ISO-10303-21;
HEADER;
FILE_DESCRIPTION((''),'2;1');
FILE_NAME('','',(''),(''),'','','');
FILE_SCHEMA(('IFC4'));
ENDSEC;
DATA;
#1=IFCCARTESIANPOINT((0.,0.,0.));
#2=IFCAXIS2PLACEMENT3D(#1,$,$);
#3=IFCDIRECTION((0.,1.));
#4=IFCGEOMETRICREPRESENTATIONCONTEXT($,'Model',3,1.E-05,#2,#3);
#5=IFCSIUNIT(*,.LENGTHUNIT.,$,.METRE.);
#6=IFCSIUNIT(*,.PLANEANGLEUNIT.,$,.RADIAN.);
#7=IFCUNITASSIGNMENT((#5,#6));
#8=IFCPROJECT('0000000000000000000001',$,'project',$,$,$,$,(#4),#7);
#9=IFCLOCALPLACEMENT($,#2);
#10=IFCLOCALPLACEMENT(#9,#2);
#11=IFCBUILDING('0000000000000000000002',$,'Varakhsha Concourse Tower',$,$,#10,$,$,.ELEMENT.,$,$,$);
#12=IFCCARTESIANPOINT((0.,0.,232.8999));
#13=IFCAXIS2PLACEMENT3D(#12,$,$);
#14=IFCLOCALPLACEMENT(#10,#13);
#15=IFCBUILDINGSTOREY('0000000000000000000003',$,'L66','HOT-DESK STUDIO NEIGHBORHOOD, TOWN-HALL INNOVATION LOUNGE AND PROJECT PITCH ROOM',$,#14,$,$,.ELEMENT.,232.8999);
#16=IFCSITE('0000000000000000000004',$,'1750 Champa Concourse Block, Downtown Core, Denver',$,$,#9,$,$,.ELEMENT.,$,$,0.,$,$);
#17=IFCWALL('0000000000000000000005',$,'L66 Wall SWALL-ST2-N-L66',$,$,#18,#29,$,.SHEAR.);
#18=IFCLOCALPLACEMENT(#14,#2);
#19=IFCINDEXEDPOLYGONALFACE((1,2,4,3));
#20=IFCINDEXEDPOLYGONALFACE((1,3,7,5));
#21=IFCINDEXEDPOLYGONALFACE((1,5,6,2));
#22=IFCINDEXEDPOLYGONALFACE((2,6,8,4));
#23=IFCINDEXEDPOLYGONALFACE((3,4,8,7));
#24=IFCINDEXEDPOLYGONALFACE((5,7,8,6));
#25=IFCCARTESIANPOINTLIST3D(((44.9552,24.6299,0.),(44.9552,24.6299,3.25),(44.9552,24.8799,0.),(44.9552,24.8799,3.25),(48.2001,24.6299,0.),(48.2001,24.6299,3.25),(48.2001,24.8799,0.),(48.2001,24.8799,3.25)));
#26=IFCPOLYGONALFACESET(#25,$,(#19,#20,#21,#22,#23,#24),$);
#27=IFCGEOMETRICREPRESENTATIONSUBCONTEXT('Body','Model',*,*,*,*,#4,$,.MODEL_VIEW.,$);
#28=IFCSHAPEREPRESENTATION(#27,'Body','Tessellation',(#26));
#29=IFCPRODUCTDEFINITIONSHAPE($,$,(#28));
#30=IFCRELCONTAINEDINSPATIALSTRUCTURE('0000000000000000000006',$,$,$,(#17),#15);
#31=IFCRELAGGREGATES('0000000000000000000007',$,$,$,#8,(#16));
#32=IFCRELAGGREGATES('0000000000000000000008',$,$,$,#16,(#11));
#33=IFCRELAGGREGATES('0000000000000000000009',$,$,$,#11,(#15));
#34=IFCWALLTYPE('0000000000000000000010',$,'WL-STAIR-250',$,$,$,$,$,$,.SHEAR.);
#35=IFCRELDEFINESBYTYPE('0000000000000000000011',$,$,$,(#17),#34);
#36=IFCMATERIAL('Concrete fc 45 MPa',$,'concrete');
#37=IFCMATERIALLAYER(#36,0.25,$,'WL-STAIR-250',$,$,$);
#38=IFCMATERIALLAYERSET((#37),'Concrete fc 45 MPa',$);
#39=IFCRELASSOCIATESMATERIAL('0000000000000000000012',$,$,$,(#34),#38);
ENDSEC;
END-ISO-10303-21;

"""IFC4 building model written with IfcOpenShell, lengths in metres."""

from ifc_helpers import new_model, si_unit, direction, frame, frame_2d, origin, place, context, subcontext, project, spatial, rectangle, extrude, material, layer, layer_set, type_object, element, save


model = new_model("IFC4")

# Units and contexts
model_context = context("Model", 3, precision=1e-05, world=origin(), true_north=direction((0.0, 1.0)))
body_context = subcontext(model_context, "Body", "Model", "MODEL_VIEW")
ifc_project = project(units=[si_unit("LENGTHUNIT", "METRE"), si_unit("PLANEANGLEUNIT", "RADIAN")], contexts=[model_context])

# Site, building, storey
site_placement = place(None, origin())
site = spatial("IfcSite", under=ifc_project, at=site_placement, Name="1750 Champa Concourse Block, Downtown Core, Denver", CompositionType="ELEMENT", RefElevation=0.0)
building_placement = place(site_placement, origin())
building = spatial("IfcBuilding", under=site, at=building_placement, Name="Varakhsha Concourse Tower", CompositionType="ELEMENT")
storey_placement = place(building_placement, frame((0.0, 0.0, 232.8999)))
storey = spatial("IfcBuildingStorey", under=building, at=storey_placement, Name="L66", Description="HOT-DESK STUDIO NEIGHBORHOOD, TOWN-HALL INNOVATION LOUNGE AND PROJECT PITCH ROOM", CompositionType="ELEMENT", Elevation=232.8999)

# Wall
ifc_material_1 = material(Name="Concrete fc 45 MPa", Category="concrete")
ifc_layer_1 = layer(ifc_material_1, 0.25, Name="WL-STAIR-250")
ifc_layer_set_1 = layer_set([ifc_layer_1], Name="Concrete fc 45 MPa")
wall_type_1 = type_object("IfcWallType", Name="WL-STAIR-250", PredefinedType="SHEAR", material=ifc_layer_set_1)
wall_1_placement = place(storey_placement, frame((44.9551, 24.7549, 0.0), z_axis=(0.0, 0.0, 1.0), x_axis=(1.0, 0.0, 0.0)))
element("IfcWall", 1, at=wall_1_placement, inside=storey, type_object=wall_type_1, Name="L66 Wall SWALL-ST2-N-L66", PredefinedType="SHEAR", context=body_context, shape_type="SweptSolid", body=[
    extrude(rectangle(XDim=3.2449, YDim=0.25, at=frame_2d((1.6226, 0.0))), origin(), (0.0, 0.0, 1.0), 3.25),
])

save(model, "model.ifc")
